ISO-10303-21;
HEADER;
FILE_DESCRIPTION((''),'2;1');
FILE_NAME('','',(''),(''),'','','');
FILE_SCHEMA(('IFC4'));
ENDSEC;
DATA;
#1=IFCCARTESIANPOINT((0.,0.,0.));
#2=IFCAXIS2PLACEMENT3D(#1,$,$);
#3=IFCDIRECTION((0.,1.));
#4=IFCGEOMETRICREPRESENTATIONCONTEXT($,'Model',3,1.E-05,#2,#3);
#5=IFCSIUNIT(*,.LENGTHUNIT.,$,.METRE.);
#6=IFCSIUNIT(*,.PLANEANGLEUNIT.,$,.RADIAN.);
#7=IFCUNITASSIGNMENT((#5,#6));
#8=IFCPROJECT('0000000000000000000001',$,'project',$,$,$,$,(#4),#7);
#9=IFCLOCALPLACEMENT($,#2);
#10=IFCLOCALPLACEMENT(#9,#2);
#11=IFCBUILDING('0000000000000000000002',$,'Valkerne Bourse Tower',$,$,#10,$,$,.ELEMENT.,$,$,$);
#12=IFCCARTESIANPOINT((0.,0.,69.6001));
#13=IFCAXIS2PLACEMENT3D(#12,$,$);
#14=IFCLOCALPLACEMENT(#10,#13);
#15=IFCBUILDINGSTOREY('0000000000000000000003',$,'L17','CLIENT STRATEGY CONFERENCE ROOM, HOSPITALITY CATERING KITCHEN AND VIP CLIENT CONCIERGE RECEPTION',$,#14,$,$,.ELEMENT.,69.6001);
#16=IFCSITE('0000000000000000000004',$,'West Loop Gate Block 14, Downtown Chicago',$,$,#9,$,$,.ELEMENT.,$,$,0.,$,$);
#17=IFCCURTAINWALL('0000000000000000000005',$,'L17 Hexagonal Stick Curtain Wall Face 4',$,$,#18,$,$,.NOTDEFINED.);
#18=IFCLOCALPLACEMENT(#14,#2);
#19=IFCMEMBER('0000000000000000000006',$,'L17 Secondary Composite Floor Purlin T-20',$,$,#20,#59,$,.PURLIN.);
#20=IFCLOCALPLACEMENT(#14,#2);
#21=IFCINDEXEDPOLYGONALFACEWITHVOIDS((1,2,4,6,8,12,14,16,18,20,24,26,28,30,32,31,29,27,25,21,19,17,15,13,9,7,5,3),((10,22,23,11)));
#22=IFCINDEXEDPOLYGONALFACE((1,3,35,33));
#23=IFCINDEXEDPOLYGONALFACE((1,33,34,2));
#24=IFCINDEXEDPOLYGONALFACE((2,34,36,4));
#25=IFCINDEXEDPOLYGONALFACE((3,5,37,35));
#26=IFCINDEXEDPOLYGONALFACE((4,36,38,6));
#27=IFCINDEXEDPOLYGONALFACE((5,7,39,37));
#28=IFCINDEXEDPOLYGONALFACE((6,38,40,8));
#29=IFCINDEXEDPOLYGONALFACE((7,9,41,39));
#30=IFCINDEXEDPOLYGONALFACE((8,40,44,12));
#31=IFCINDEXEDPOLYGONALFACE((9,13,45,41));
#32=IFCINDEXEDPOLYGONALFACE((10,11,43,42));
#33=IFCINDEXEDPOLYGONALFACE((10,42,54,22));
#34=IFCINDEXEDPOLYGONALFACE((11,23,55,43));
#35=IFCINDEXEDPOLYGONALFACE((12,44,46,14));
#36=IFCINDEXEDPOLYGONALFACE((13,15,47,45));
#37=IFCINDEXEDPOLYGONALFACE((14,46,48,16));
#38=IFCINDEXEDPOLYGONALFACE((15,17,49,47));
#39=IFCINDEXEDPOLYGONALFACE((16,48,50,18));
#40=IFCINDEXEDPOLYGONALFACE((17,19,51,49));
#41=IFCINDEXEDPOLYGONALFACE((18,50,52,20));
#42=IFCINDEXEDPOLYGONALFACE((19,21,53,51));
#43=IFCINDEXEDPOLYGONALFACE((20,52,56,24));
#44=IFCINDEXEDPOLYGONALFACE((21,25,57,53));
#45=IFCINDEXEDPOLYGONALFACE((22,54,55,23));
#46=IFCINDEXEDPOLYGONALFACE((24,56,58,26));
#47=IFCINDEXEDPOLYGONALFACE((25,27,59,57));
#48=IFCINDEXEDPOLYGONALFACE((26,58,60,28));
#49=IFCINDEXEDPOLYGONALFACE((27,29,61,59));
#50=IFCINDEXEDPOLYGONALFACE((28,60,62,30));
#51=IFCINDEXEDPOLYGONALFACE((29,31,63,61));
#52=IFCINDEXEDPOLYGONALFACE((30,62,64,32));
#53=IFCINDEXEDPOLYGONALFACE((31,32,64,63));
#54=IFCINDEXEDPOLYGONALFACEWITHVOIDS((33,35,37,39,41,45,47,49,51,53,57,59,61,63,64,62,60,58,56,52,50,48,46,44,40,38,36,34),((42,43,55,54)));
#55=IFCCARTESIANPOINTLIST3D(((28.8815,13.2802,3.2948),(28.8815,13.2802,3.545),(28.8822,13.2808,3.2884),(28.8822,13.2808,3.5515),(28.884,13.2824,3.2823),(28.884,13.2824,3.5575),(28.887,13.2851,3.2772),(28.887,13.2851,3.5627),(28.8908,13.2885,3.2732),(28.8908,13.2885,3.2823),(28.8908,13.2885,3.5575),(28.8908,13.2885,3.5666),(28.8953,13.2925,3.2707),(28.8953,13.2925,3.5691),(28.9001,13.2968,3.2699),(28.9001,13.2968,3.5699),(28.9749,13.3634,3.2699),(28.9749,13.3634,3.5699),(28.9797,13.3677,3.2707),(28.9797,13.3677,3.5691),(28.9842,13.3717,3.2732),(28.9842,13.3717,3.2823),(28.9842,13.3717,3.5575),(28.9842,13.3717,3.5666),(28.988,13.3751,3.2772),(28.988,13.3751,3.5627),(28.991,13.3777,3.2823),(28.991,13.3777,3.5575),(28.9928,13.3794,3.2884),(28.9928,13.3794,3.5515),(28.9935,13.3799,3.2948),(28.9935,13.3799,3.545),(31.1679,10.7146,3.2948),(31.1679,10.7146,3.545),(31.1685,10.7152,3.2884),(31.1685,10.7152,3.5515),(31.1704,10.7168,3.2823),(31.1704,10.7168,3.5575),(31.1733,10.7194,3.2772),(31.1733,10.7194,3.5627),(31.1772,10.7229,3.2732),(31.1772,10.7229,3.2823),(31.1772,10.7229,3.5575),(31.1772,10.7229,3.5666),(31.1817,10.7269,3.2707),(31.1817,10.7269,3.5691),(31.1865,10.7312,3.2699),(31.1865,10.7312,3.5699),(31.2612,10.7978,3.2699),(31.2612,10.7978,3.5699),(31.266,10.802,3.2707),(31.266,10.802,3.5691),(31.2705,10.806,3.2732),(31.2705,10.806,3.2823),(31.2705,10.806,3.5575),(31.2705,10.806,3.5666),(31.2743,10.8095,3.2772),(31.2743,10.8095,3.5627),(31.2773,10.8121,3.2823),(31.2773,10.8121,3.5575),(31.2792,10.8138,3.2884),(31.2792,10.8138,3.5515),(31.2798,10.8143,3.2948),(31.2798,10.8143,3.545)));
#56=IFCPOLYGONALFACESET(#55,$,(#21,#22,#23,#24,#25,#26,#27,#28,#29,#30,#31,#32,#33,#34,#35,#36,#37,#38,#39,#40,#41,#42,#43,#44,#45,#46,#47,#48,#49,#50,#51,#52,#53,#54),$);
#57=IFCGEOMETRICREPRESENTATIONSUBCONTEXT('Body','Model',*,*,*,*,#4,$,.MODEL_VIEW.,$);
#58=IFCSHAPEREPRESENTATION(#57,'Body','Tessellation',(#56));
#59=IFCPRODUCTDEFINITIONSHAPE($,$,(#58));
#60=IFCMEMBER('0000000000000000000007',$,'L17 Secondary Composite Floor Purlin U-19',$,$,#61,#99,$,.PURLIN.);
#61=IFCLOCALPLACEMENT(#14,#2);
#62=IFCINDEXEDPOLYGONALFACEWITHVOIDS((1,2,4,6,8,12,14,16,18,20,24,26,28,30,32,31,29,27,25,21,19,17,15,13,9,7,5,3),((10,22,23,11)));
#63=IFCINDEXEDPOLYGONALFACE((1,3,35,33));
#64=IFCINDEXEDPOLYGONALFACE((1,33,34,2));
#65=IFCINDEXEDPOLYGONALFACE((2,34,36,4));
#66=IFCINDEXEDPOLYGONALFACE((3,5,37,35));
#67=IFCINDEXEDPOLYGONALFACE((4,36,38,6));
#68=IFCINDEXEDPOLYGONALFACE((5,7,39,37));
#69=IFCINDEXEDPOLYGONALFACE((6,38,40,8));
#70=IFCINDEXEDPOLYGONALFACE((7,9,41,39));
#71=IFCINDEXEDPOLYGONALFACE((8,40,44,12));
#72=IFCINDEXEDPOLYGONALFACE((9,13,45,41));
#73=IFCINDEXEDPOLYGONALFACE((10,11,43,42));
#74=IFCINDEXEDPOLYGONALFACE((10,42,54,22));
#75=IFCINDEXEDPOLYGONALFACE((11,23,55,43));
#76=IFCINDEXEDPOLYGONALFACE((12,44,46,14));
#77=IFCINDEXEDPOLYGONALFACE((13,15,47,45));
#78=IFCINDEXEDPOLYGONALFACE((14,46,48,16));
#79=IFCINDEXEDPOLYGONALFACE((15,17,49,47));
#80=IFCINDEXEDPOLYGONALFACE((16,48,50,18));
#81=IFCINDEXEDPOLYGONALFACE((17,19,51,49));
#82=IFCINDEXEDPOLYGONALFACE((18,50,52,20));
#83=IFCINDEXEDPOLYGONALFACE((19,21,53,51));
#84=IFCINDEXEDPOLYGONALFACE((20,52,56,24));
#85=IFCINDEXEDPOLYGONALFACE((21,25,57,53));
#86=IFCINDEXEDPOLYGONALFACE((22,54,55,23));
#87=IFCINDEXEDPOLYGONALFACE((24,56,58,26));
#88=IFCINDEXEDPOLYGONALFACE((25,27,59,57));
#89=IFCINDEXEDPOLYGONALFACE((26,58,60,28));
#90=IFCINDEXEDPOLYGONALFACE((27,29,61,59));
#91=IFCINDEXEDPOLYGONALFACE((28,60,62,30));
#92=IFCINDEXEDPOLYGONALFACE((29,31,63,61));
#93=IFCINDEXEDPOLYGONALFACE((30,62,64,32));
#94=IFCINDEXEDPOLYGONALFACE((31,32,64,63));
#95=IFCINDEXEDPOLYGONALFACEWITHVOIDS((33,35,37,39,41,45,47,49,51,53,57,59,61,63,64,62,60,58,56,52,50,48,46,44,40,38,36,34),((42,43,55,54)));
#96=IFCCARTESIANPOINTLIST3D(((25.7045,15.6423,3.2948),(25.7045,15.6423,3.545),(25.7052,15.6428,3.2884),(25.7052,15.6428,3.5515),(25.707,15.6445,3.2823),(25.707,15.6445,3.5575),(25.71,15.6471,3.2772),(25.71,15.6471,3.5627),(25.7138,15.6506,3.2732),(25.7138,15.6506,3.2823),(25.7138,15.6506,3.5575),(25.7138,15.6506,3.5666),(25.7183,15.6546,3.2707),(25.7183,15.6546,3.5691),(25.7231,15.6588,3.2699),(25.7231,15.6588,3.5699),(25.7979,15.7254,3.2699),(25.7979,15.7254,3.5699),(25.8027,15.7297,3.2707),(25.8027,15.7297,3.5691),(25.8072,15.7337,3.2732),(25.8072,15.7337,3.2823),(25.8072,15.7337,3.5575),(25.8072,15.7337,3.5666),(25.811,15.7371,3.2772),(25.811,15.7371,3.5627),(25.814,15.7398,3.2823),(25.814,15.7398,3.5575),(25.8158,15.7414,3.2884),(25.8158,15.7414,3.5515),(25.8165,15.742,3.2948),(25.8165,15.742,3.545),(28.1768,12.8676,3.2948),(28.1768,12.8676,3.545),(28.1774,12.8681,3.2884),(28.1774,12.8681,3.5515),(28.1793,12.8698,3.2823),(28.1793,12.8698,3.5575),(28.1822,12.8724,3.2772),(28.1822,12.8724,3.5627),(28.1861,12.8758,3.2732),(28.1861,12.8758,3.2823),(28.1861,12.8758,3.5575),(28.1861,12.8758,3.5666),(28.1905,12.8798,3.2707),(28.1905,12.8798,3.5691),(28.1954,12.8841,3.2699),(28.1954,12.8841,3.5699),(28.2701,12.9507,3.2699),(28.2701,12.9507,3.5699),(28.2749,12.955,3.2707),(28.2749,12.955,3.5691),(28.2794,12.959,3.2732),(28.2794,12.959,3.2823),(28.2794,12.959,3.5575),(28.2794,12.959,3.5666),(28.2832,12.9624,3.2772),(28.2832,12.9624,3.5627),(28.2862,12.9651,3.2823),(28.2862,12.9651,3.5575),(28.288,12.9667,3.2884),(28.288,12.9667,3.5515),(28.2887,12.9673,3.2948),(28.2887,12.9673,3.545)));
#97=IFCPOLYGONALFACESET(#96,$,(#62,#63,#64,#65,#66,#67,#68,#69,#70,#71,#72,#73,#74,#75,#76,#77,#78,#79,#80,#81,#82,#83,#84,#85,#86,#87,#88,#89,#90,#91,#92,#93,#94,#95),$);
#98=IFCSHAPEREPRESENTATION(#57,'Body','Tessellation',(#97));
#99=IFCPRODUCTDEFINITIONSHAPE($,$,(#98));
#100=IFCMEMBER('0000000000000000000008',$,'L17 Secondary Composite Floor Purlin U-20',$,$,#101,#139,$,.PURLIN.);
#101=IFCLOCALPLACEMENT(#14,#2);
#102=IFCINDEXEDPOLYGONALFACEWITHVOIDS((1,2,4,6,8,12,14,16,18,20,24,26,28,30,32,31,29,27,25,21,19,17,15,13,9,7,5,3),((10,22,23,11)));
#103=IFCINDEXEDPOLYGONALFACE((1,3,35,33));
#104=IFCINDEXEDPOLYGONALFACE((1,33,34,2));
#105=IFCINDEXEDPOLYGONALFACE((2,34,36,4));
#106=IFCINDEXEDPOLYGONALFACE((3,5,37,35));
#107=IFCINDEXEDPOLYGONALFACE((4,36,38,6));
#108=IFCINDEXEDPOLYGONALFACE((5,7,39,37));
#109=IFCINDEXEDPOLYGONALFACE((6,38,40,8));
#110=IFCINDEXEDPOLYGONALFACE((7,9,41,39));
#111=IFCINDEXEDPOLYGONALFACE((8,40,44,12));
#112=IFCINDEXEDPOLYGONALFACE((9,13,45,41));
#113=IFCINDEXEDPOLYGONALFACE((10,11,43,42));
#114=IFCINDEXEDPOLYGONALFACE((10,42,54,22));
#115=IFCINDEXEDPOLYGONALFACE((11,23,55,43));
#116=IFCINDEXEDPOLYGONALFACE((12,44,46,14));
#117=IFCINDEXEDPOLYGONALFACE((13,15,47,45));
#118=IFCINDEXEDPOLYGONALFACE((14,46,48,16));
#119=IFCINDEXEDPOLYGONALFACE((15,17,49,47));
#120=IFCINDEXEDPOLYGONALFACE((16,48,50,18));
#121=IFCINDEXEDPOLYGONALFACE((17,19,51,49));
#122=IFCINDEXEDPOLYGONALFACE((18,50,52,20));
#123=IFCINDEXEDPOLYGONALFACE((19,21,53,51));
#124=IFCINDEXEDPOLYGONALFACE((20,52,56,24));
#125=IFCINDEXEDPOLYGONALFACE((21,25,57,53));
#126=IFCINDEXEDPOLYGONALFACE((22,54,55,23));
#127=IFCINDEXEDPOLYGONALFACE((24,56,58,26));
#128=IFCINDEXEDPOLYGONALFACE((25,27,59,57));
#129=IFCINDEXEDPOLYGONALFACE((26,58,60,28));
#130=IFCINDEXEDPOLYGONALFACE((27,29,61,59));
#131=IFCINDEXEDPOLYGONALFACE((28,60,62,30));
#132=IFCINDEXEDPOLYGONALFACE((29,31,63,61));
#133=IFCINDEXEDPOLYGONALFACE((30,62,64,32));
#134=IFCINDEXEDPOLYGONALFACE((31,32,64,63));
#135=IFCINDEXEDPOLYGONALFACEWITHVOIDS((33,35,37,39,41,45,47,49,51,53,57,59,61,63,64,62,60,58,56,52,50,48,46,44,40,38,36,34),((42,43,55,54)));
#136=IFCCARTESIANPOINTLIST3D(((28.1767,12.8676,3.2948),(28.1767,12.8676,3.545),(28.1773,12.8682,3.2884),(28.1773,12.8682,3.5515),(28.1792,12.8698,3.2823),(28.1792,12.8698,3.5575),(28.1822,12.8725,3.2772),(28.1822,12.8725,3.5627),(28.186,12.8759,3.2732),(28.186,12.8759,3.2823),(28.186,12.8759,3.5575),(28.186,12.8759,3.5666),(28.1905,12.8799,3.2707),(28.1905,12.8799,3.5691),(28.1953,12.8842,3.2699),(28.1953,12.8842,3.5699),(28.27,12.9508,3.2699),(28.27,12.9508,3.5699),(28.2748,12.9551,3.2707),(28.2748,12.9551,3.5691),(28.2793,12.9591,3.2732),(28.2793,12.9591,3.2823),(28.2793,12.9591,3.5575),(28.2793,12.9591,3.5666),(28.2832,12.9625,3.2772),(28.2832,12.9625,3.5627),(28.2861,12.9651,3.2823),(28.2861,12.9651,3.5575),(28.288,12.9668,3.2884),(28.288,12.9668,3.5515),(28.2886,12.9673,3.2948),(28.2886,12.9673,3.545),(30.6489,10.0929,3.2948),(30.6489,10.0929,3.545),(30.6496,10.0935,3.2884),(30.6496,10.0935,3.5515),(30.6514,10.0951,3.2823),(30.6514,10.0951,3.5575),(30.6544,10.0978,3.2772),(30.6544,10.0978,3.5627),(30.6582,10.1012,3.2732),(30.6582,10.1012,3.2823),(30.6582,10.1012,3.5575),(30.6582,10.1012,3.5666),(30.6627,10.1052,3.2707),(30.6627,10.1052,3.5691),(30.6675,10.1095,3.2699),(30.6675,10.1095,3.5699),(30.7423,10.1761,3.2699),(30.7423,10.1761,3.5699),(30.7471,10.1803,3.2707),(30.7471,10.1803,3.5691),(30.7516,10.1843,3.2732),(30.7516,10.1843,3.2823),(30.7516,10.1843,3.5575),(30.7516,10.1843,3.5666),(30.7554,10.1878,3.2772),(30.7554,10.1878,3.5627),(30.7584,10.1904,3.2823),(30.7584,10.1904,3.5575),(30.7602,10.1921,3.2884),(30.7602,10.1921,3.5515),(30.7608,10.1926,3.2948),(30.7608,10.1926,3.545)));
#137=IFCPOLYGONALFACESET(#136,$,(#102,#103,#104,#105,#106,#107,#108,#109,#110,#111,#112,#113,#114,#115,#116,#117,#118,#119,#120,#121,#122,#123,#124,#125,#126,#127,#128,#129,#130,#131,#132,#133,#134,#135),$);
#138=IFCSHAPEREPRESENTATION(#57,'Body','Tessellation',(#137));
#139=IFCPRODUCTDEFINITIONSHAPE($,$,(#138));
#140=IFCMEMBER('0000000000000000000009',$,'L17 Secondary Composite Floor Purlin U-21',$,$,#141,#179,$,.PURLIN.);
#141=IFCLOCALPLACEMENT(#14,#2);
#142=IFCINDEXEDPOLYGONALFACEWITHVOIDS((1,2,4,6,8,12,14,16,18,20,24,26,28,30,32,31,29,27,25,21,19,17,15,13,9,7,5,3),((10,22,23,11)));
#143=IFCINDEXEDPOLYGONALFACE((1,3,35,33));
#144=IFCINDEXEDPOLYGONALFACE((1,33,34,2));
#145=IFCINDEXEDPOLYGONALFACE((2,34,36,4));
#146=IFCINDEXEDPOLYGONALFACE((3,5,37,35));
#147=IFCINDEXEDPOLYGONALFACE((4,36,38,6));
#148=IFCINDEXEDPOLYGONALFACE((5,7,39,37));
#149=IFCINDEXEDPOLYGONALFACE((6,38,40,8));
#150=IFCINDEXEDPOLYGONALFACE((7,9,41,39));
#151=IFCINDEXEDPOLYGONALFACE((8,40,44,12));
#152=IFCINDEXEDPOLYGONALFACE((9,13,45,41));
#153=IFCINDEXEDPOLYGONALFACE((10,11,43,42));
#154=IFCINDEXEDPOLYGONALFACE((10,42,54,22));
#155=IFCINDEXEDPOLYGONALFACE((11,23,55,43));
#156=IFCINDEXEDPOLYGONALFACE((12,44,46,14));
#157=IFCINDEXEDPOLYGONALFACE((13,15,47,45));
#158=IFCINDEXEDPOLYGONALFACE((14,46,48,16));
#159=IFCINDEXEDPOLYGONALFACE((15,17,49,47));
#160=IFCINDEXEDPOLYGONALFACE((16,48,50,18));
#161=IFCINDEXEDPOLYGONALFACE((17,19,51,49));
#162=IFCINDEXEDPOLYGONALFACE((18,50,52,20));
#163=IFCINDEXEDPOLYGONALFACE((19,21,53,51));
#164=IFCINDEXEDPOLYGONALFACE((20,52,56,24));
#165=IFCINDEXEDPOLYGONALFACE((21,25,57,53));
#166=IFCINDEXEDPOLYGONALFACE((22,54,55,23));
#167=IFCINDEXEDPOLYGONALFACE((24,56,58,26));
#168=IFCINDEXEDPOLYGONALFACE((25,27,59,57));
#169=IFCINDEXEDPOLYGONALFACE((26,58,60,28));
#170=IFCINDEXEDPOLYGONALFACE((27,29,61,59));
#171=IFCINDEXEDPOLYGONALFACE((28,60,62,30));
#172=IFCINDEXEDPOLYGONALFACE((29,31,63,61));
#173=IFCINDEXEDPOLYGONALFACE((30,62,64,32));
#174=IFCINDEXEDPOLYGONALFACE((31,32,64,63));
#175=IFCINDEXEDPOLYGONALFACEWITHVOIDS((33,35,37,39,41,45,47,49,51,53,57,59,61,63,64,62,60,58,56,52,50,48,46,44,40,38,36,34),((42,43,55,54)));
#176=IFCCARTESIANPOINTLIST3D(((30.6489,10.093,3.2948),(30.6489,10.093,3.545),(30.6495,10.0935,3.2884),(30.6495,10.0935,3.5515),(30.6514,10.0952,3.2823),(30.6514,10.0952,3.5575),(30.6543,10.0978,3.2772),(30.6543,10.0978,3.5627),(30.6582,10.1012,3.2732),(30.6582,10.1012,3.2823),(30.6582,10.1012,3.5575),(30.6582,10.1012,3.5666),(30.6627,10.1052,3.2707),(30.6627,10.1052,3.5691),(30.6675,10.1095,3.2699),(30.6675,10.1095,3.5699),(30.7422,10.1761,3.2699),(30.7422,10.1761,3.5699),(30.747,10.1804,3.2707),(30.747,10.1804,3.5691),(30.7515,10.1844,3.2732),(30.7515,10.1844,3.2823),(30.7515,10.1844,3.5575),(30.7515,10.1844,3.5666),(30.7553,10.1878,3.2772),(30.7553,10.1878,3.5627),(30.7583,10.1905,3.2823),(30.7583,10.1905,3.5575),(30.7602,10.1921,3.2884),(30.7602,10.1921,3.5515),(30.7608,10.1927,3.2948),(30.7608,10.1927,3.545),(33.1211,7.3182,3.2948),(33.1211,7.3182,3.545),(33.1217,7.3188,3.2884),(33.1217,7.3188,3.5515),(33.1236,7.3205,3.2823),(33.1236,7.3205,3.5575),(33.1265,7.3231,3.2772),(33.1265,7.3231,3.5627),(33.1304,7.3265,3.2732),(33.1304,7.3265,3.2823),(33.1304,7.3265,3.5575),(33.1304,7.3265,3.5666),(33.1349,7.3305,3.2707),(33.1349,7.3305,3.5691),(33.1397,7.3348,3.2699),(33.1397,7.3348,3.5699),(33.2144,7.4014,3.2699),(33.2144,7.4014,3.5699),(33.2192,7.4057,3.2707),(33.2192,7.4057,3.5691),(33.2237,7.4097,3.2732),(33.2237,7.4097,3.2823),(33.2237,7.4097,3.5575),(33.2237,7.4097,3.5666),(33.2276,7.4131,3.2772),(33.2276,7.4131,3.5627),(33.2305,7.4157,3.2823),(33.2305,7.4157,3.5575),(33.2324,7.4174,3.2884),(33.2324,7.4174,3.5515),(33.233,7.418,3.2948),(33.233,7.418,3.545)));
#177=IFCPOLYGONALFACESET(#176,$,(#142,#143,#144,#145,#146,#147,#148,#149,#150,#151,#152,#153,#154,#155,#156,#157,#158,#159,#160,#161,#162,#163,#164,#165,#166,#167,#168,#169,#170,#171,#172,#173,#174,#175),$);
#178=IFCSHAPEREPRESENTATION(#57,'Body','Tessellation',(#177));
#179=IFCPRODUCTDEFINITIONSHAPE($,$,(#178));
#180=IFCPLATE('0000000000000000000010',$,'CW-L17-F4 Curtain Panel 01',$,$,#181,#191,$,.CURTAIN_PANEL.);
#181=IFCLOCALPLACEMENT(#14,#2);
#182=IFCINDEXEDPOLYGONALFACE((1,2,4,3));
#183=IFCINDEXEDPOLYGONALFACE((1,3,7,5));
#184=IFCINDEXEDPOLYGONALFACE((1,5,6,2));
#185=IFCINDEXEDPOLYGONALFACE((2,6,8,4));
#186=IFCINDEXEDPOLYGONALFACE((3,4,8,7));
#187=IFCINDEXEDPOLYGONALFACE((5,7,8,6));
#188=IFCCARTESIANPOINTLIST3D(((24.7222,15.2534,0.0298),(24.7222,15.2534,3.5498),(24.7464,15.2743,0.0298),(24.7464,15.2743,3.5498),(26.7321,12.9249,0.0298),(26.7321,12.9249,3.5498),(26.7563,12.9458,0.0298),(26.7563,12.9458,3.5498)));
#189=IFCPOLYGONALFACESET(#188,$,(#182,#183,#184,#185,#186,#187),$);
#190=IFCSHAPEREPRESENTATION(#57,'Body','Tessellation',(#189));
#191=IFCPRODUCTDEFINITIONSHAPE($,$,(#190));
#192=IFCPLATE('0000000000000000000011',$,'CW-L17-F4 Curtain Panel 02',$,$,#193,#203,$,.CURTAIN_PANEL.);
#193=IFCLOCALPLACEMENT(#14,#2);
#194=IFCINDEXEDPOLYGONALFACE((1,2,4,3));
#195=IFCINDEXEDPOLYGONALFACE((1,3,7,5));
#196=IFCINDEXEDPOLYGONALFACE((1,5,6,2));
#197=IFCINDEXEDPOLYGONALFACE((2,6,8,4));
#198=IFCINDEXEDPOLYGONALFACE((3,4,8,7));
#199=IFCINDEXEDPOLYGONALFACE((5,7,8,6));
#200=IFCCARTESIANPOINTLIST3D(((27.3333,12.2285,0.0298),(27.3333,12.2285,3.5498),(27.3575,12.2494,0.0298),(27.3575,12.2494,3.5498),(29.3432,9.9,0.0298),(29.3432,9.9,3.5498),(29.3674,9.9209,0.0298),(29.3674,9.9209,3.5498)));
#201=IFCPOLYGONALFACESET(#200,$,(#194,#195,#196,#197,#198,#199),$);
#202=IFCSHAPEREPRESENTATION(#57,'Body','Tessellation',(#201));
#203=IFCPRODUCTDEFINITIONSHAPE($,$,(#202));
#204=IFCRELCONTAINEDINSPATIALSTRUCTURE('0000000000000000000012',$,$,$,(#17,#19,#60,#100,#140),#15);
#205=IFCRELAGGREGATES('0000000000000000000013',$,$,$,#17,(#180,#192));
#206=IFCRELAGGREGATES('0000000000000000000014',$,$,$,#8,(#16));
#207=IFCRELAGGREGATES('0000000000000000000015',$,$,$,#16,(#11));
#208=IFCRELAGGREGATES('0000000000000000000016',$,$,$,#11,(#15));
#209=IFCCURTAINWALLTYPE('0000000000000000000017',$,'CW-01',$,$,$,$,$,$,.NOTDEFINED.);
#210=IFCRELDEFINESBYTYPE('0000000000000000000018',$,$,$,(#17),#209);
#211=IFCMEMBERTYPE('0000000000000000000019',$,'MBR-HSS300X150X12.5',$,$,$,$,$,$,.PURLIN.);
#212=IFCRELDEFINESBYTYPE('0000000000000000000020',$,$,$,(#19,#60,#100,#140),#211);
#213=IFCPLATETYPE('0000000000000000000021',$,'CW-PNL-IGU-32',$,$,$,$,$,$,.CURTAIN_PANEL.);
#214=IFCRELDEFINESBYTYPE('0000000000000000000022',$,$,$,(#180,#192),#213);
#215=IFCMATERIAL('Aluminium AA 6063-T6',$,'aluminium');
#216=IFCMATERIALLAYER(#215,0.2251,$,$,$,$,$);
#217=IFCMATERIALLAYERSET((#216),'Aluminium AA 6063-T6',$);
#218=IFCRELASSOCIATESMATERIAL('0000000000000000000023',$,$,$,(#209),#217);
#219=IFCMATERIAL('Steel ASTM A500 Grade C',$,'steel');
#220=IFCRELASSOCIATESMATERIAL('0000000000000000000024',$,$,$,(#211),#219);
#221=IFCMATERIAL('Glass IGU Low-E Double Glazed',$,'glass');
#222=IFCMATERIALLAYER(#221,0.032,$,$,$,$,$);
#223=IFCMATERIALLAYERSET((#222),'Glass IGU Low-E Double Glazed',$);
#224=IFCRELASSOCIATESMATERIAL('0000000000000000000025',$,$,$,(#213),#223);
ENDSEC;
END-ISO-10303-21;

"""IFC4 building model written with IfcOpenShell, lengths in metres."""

from ifc_helpers import new_model, si_unit, direction, frame, origin, origin_2d, place, context, subcontext, project, spatial, rectangle, hollow_rectangle, extrude, material, layer, layer_set, material_profile, profile_set, type_object, element, aggregate, save


model = new_model("IFC4")

# Units and contexts
model_context = context("Model", 3, precision=1e-05, world=origin(), true_north=direction((0.0, 1.0)))
body_context = subcontext(model_context, "Body", "Model", "MODEL_VIEW")
ifc_project = project(units=[si_unit("LENGTHUNIT", "METRE"), si_unit("PLANEANGLEUNIT", "RADIAN")], contexts=[model_context])

# Site, building, storey
site_placement = place(None, origin())
site = spatial("IfcSite", under=ifc_project, at=site_placement, Name="West Loop Gate Block 14, Downtown Chicago", CompositionType="ELEMENT", RefElevation=0.0)
building_placement = place(site_placement, origin())
building = spatial("IfcBuilding", under=site, at=building_placement, Name="Valkerne Bourse Tower", CompositionType="ELEMENT")
storey_placement = place(building_placement, frame((0.0, 0.0, 69.6001)))
storey = spatial("IfcBuildingStorey", under=building, at=storey_placement, Name="L17", Description="CLIENT STRATEGY CONFERENCE ROOM, HOSPITALITY CATERING KITCHEN AND VIP CLIENT CONCIERGE RECEPTION", CompositionType="ELEMENT", Elevation=69.6001)

# Curtain wall
ifc_material_1 = material(Name="Aluminium AA 6063-T6", Category="aluminium")
ifc_layer_1 = layer(ifc_material_1, 0.2251)
ifc_layer_set_1 = layer_set([ifc_layer_1], Name="Aluminium AA 6063-T6")
curtain_wall_type = type_object("IfcCurtainWallType", Name="CW-01", PredefinedType="NOTDEFINED", material=ifc_layer_set_1)
curtain_wall_placement = place(storey_placement, origin())
curtain_wall = element("IfcCurtainWall", 1, at=curtain_wall_placement, inside=storey, type_object=curtain_wall_type, Name="L17 Hexagonal Stick Curtain Wall Face 4", PredefinedType="NOTDEFINED")

# Members
ifc_material_2 = material(Name="Steel ASTM A500 Grade C", Category="steel")
ifc_material_profile_1 = material_profile(ifc_material_2, hollow_rectangle(XDim=0.1499, YDim=0.3, WallThickness=0.0125, OuterFilletRadius=0.0249, at=origin_2d()), Name="HSS300X150X12.5")
ifc_profile_set_1 = profile_set([ifc_material_profile_1], Name="Steel ASTM A500 Grade C")
member_type_1 = type_object("IfcMemberType", Name="MBR-HSS300X150X12.5", PredefinedType="PURLIN", material=ifc_profile_set_1)
for number, where, z_axis, x_axis, name in (
    (2, (28.9375, 13.3301, 3.4199), (0.665303, -0.746574, 0.0), (0.746574, 0.665303, 0.0), "L17 Secondary Composite Floor Purlin T-20"),
):
    element("IfcMember", number, at=place(storey_placement, frame(where, z_axis=z_axis, x_axis=x_axis)), inside=storey, type_object=member_type_1, Name=name, PredefinedType="PURLIN", context=body_context, shape_type="SweptSolid", body=[
        extrude(hollow_rectangle(XDim=0.1499, YDim=0.3, WallThickness=0.0125, OuterFilletRadius=0.0249, at=origin_2d()), origin(), (0.0, 0.0, 1.0), 3.4365),
    ])
for number, where, z_axis, x_axis, name in (
    (3, (25.7605, 15.6921, 3.4199), (0.665236, -0.746633, 0.0), (0.746633, 0.665236, 0.0), "L17 Secondary Composite Floor Purlin U-19"),
    (4, (28.2327, 12.9175, 3.4199), (0.665236, -0.746633, 0.0), (0.746633, 0.665236, 0.0), "L17 Secondary Composite Floor Purlin U-20"),
    (5, (30.7048, 10.1428, 3.4199), (0.665236, -0.746633, 0.0), (0.746633, 0.665236, 0.0), "L17 Secondary Composite Floor Purlin U-21"),
):
    element("IfcMember", number, at=place(storey_placement, frame(where, z_axis=z_axis, x_axis=x_axis)), inside=storey, type_object=member_type_1, Name=name, PredefinedType="PURLIN", context=body_context, shape_type="SweptSolid", body=[
        extrude(hollow_rectangle(XDim=0.1499, YDim=0.3, WallThickness=0.0125, OuterFilletRadius=0.0249, at=origin_2d()), origin(), (0.0, 0.0, 1.0), 3.7163),
    ])

# Plates
ifc_material_3 = material(Name="Glass IGU Low-E Double Glazed", Category="glass")
ifc_layer_2 = layer(ifc_material_3, 0.032)
ifc_layer_set_2 = layer_set([ifc_layer_2], Name="Glass IGU Low-E Double Glazed")
plate_type = type_object("IfcPlateType", Name="CW-PNL-IGU-32", PredefinedType="CURTAIN_PANEL", material=ifc_layer_set_2)
plate_1_placement = place(storey_placement, frame((25.7393, 14.0996, 0.0298), z_axis=(0.0, 0.0, 1.0), x_axis=(0.653419, -0.756996, 0.0)))
plate_1 = element("IfcPlate", 6, at=plate_1_placement, type_object=plate_type, Name="CW-L17-F4 Curtain Panel 01", PredefinedType="CURTAIN_PANEL", context=body_context, shape_type="SweptSolid", body=[
    extrude(rectangle(XDim=3.0759, YDim=0.032, at=origin_2d()), origin(), (0.0, 0.0, 1.0), 3.52),
])
plate_2_placement = place(storey_placement, frame((28.3503, 11.0747, 0.0298), z_axis=(0.0, 0.0, 1.0), x_axis=(0.653432, -0.756986, 0.0)))
plate_2 = element("IfcPlate", 7, at=plate_2_placement, type_object=plate_type, Name="CW-L17-F4 Curtain Panel 02", PredefinedType="CURTAIN_PANEL", context=body_context, shape_type="SweptSolid", body=[
    extrude(rectangle(XDim=3.0759, YDim=0.032, at=origin_2d()), origin(), (0.0, 0.0, 1.0), 3.52),
])
aggregate(curtain_wall, [plate_1, plate_2])

save(model, "model.ifc")
